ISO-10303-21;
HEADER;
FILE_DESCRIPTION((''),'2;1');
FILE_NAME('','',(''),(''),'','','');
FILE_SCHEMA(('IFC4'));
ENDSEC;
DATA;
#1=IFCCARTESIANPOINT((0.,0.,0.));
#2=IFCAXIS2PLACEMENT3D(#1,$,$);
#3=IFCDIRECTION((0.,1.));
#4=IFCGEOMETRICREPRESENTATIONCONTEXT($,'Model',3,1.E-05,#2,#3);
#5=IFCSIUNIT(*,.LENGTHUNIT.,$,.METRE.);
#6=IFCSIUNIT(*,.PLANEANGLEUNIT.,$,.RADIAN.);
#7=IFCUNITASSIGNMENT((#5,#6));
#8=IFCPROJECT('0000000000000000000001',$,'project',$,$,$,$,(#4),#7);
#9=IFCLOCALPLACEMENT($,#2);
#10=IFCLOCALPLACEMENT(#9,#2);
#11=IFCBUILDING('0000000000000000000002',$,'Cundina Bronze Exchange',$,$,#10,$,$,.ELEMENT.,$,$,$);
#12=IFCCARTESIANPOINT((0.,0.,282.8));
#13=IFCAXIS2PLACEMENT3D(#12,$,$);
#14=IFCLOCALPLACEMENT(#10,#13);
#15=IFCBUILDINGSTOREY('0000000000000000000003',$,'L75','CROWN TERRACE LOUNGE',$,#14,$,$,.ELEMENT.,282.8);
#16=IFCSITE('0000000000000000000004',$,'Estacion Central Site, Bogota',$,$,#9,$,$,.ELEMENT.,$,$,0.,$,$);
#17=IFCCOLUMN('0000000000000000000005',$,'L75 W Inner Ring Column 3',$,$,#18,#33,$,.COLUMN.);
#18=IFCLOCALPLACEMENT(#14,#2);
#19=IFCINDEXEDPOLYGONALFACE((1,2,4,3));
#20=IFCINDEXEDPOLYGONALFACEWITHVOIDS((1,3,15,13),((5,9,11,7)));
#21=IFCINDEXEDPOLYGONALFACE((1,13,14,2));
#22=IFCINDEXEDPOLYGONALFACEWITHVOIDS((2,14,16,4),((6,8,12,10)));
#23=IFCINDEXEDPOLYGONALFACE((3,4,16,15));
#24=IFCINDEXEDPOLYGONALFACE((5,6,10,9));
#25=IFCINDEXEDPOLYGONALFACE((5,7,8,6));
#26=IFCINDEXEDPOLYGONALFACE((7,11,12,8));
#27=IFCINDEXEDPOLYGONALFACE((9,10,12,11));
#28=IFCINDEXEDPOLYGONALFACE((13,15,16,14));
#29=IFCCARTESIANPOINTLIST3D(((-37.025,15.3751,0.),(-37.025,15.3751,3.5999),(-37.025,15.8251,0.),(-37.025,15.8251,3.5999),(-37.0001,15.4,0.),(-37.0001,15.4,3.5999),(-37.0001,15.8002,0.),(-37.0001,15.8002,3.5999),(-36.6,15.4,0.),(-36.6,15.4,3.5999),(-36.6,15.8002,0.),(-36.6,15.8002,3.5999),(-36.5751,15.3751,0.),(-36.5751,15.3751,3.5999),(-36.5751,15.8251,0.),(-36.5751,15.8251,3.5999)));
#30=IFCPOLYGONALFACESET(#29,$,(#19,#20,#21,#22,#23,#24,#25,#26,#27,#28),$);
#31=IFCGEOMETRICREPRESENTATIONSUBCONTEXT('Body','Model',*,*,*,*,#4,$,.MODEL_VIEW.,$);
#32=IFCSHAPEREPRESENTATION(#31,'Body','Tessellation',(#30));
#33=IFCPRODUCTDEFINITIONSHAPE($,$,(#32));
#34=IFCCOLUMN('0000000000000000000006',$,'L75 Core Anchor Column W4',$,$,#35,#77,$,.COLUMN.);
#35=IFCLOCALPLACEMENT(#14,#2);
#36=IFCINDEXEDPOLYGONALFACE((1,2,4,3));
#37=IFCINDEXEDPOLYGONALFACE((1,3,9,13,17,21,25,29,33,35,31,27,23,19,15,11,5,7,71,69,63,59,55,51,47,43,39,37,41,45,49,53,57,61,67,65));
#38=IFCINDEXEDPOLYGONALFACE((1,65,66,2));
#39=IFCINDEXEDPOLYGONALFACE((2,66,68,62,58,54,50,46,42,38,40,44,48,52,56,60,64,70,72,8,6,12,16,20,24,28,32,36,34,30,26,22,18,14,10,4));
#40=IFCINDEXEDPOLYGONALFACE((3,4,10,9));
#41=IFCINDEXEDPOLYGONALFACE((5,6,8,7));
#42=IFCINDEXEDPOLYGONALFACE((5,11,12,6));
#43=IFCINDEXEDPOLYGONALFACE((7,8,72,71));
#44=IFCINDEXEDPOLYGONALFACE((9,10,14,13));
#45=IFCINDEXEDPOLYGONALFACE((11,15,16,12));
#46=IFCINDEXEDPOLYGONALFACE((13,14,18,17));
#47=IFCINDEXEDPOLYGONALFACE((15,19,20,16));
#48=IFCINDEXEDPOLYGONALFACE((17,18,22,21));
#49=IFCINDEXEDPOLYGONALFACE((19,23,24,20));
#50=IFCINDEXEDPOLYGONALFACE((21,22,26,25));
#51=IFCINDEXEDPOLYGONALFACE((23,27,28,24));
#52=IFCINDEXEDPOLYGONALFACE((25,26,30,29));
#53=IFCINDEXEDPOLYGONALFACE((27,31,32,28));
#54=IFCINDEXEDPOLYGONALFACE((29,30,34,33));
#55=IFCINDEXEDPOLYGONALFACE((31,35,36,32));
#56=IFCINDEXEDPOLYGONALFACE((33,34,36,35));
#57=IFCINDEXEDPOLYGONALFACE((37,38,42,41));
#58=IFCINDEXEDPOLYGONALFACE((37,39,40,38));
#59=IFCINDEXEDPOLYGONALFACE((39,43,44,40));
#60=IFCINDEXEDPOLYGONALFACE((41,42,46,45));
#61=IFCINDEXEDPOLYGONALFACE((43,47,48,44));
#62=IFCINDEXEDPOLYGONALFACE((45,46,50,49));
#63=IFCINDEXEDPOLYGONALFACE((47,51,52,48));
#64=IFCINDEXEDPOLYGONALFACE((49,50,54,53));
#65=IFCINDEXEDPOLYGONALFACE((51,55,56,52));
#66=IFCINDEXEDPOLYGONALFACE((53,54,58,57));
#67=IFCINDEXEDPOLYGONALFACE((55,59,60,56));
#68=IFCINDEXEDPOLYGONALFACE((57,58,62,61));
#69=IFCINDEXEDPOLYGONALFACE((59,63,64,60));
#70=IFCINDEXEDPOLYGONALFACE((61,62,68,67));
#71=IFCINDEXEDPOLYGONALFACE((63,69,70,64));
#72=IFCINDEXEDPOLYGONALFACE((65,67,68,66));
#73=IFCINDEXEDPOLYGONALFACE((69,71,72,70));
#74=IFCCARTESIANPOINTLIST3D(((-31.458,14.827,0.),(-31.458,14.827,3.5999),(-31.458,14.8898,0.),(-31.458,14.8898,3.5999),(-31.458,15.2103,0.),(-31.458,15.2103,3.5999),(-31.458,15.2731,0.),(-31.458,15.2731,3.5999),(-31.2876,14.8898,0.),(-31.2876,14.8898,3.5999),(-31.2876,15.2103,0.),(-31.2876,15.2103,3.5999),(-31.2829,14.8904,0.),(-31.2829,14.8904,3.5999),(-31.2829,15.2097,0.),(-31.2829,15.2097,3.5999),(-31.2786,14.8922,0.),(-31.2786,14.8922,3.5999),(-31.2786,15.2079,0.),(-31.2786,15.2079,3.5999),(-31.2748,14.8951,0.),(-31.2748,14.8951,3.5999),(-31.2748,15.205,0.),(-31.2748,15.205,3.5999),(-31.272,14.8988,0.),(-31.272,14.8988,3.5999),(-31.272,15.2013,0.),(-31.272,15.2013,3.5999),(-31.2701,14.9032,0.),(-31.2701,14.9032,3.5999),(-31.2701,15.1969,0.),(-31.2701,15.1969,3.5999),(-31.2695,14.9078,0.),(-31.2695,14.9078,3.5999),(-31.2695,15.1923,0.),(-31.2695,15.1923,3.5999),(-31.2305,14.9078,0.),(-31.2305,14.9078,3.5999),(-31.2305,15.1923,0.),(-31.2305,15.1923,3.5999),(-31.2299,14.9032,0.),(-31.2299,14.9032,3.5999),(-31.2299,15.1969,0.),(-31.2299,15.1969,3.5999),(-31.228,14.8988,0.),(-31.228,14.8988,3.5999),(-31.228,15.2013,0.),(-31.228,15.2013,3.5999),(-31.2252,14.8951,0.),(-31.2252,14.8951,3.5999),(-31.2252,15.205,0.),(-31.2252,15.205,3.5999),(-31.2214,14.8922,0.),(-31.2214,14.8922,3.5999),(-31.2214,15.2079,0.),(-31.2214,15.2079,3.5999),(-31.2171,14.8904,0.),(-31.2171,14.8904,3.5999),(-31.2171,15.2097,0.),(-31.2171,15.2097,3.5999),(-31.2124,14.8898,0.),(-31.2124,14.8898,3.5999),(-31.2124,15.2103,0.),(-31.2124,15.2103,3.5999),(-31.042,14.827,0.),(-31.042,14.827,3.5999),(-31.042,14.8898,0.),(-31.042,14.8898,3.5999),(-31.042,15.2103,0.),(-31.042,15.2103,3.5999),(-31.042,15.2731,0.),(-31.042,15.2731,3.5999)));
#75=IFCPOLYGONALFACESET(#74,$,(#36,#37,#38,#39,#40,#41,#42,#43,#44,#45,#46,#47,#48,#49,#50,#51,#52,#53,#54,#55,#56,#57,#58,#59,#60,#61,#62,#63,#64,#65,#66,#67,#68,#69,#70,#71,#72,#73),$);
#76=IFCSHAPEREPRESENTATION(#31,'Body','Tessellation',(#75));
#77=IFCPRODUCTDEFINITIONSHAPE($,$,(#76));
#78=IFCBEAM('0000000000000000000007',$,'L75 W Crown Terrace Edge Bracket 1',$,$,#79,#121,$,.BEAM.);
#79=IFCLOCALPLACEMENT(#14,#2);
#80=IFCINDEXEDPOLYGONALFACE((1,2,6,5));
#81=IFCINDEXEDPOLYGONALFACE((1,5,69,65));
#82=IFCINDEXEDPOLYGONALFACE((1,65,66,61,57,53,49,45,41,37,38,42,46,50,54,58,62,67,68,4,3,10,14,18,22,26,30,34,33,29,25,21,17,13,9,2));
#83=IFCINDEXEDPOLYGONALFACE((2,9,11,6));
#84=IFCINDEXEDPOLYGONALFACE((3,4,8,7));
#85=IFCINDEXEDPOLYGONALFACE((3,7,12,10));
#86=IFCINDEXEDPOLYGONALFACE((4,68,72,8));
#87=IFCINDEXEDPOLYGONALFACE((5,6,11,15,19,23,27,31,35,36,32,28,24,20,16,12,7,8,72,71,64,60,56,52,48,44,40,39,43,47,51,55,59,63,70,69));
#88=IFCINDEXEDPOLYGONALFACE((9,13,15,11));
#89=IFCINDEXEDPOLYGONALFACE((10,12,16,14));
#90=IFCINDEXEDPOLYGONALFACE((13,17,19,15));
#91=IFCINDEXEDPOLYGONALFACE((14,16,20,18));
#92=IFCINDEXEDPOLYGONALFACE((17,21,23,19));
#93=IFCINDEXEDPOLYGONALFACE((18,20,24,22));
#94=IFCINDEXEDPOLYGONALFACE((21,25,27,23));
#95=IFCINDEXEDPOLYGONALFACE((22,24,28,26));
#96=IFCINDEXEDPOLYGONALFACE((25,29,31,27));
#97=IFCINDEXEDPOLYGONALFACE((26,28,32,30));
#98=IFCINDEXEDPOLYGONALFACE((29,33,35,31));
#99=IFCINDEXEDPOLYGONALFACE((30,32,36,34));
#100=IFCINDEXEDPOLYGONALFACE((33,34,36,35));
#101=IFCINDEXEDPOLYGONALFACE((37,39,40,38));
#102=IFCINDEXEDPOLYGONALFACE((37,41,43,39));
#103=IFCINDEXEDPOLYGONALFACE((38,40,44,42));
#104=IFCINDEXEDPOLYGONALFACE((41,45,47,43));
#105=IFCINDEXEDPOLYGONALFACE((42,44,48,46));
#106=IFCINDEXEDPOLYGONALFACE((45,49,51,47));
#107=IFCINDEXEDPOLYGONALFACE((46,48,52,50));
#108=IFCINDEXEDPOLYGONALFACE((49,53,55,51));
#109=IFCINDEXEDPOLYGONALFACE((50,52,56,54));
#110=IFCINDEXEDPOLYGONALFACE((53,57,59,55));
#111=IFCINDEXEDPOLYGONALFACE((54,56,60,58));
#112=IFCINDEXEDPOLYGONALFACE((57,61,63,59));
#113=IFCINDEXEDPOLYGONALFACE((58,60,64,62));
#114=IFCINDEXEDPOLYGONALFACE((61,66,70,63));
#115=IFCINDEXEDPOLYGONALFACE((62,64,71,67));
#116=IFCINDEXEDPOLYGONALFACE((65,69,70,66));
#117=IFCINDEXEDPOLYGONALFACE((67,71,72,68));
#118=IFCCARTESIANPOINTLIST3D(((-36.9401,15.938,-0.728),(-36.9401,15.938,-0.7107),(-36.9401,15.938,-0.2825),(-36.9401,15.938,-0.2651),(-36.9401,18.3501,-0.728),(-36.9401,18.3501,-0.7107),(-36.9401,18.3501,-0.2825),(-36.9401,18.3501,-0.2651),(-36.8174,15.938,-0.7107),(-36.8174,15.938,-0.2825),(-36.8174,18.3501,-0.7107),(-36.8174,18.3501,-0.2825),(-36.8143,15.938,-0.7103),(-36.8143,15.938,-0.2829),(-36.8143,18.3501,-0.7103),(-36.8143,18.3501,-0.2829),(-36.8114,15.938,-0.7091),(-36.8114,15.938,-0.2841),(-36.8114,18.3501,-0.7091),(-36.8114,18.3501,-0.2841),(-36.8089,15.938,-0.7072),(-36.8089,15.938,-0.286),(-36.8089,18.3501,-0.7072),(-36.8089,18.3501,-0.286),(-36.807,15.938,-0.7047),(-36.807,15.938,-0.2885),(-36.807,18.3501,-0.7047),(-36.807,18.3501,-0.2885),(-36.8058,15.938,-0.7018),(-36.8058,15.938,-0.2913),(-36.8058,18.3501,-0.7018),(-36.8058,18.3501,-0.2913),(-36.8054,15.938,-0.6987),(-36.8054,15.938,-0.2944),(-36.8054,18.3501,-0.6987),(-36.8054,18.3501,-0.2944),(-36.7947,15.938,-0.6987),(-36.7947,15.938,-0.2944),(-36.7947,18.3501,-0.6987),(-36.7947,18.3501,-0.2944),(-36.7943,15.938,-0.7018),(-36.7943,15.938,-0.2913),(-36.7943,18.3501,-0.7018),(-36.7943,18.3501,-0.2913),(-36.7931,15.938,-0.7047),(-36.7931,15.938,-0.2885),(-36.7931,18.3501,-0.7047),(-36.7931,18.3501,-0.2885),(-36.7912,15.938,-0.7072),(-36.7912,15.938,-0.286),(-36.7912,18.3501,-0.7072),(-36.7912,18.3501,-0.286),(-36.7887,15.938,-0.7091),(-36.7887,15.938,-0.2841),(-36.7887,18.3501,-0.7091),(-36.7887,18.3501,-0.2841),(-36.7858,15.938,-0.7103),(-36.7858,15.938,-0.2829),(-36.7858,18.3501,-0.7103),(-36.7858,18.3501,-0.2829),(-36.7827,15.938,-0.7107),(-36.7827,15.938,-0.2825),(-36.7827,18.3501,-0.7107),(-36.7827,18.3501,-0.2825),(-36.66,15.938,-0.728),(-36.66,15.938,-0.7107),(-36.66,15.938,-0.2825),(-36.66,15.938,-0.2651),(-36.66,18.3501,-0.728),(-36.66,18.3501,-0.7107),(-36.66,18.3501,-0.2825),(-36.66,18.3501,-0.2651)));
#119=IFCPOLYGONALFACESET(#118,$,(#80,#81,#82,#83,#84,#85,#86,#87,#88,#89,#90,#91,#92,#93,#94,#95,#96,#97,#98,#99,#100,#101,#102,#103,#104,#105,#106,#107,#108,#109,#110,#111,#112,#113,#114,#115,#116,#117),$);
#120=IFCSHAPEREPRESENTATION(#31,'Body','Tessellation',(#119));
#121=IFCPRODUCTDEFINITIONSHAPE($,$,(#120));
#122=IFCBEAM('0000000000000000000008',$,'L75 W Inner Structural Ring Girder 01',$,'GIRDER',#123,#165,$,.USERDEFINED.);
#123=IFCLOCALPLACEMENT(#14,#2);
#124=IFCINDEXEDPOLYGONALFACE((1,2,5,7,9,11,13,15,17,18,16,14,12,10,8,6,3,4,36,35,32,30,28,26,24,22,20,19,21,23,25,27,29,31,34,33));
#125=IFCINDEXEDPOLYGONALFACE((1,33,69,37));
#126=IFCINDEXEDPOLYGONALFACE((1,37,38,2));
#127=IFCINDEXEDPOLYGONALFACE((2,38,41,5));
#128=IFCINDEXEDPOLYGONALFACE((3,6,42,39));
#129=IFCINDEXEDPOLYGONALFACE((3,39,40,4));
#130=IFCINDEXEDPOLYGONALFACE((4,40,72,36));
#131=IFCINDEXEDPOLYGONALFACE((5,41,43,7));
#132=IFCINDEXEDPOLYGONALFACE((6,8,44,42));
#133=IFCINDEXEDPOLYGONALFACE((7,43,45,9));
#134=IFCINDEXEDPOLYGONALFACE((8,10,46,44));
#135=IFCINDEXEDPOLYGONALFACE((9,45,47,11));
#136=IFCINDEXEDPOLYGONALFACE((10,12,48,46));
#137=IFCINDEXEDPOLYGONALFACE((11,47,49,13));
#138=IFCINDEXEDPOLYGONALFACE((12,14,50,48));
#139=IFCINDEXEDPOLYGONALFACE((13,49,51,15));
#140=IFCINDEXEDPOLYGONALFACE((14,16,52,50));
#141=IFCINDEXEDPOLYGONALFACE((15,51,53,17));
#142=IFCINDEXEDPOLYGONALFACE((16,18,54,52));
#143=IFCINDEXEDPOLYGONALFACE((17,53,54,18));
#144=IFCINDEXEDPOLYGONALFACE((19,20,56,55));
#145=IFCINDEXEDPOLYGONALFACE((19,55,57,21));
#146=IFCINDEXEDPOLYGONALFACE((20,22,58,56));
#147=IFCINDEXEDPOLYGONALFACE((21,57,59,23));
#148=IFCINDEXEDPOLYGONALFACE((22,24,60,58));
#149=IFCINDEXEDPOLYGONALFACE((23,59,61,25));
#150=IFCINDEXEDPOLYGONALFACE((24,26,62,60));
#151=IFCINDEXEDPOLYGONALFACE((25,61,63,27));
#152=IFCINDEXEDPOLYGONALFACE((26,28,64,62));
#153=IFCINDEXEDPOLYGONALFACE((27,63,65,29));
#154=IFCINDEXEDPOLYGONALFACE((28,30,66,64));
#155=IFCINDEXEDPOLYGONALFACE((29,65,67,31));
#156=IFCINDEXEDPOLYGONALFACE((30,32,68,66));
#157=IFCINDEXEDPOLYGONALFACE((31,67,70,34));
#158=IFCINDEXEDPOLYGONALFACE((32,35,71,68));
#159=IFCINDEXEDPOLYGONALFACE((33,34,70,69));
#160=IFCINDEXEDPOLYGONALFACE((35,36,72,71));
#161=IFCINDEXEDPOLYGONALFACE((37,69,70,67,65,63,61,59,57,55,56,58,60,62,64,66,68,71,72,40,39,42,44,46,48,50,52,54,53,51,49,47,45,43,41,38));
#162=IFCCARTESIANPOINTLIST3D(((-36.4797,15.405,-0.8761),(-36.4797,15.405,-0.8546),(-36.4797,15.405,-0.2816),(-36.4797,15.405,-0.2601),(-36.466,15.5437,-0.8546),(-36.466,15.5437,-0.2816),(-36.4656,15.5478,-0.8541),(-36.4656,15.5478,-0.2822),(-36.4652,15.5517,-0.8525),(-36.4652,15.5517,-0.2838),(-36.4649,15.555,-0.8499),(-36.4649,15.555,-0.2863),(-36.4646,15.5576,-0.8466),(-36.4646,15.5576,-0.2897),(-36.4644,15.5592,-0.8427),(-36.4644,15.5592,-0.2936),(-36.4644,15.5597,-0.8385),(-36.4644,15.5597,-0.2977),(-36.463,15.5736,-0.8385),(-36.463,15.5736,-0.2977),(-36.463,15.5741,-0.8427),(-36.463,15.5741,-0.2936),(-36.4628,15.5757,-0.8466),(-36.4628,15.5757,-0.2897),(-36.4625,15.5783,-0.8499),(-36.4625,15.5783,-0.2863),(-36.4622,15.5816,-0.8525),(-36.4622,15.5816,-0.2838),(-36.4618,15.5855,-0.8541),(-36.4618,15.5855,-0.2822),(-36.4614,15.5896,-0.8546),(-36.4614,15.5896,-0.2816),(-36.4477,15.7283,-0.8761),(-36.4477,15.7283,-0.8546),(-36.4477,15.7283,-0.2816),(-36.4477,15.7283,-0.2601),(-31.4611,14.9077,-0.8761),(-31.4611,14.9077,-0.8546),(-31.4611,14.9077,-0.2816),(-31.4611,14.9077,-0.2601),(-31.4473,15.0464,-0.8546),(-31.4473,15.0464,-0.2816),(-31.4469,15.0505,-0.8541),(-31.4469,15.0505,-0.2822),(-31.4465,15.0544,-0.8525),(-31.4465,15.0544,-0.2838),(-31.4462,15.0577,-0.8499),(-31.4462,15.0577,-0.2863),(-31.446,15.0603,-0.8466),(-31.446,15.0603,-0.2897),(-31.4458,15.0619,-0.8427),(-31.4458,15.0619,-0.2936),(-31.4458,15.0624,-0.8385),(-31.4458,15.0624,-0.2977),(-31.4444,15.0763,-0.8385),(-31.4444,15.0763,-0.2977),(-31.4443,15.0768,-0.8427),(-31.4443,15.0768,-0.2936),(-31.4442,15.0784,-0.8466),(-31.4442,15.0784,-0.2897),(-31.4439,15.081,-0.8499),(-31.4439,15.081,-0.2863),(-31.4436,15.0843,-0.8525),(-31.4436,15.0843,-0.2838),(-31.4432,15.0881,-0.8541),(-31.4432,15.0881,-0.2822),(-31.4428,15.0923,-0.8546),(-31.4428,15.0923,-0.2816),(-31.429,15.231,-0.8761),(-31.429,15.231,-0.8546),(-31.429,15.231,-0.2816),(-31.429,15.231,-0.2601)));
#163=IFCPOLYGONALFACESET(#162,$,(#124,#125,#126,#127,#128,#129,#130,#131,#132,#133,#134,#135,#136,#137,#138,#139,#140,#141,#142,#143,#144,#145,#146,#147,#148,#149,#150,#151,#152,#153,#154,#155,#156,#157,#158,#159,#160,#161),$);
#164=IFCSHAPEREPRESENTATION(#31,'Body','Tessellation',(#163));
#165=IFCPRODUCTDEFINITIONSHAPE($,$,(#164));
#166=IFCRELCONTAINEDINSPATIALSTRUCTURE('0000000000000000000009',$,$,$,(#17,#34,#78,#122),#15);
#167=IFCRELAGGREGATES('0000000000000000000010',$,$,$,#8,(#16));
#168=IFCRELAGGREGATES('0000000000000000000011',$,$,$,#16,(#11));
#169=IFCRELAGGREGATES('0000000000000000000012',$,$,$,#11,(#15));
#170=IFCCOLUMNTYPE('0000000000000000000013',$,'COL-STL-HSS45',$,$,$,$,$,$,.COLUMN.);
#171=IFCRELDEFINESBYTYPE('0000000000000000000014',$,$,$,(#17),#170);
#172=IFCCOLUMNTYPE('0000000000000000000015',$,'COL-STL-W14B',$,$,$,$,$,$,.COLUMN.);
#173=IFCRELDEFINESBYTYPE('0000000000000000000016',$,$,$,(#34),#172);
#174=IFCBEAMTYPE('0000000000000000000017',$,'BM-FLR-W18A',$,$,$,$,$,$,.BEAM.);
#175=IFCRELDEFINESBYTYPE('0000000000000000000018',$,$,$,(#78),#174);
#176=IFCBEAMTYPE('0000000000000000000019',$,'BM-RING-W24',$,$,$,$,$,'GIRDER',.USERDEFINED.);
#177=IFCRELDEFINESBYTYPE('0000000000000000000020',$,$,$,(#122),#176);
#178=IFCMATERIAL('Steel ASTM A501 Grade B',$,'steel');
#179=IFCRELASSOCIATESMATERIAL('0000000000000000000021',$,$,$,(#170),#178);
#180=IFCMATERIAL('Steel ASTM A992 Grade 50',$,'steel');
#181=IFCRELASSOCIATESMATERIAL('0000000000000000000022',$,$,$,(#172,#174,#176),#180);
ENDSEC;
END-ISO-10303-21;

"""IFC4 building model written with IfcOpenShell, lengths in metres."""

from ifc_helpers import new_model, si_unit, direction, frame, origin, origin_2d, place, context, subcontext, project, spatial, hollow_rectangle, i_section, extrude, material, material_profile, profile_set, type_object, element, save


model = new_model("IFC4")

# Units and contexts
model_context = context("Model", 3, precision=1e-05, world=origin(), true_north=direction((0.0, 1.0)))
body_context = subcontext(model_context, "Body", "Model", "MODEL_VIEW")
ifc_project = project(units=[si_unit("LENGTHUNIT", "METRE"), si_unit("PLANEANGLEUNIT", "RADIAN")], contexts=[model_context])

# Site, building, storey
site_placement = place(None, origin())
site = spatial("IfcSite", under=ifc_project, at=site_placement, Name="Estacion Central Site, Bogota", CompositionType="ELEMENT", RefElevation=0.0)
building_placement = place(site_placement, origin())
building = spatial("IfcBuilding", under=site, at=building_placement, Name="Cundina Bronze Exchange", CompositionType="ELEMENT")
storey_placement = place(building_placement, frame((0.0, 0.0, 282.8)))
storey = spatial("IfcBuildingStorey", under=building, at=storey_placement, Name="L75", Description="CROWN TERRACE LOUNGE", CompositionType="ELEMENT", Elevation=282.8)

# Columns
ifc_material_1 = material(Name="Steel ASTM A501 Grade B", Category="steel")
ifc_material_profile_1 = material_profile(ifc_material_1, hollow_rectangle(XDim=0.45, YDim=0.45, WallThickness=0.0249, at=origin_2d()), Name="HSS450X450X25", Category="steel")
ifc_profile_set_1 = profile_set([ifc_material_profile_1], Name="Steel ASTM A501 Grade B")
column_type_1 = type_object("IfcColumnType", Name="COL-STL-HSS45", PredefinedType="COLUMN", material=ifc_profile_set_1)
column_1_placement = place(storey_placement, frame((-36.8, 15.6001, 0.0), z_axis=(0.0, 0.0, 1.0), x_axis=(1.0, 0.0, 0.0)))
element("IfcColumn", 1, at=column_1_placement, inside=storey, type_object=column_type_1, Name="L75 W Inner Ring Column 3", PredefinedType="COLUMN", context=body_context, shape_type="SweptSolid", body=[
    extrude(hollow_rectangle(XDim=0.45, YDim=0.45, WallThickness=0.0249, at=origin_2d()), origin(), (0.0, 0.0, 1.0), 3.5999),
])
ifc_material_2 = material(Name="Steel ASTM A992 Grade 50", Category="steel")
ifc_material_profile_2 = material_profile(ifc_material_2, i_section(OverallWidth=0.416, OverallDepth=0.446, WebThickness=0.0391, FlangeThickness=0.0627, FilletRadius=0.0181, at=origin_2d()), Name="W14X342", Category="steel")
ifc_profile_set_2 = profile_set([ifc_material_profile_2], Name="Steel ASTM A992 Grade 50")
column_type_2 = type_object("IfcColumnType", Name="COL-STL-W14B", PredefinedType="COLUMN", material=ifc_profile_set_2)
column_2_placement = place(storey_placement, frame((-31.25, 15.05, 0.0), z_axis=(0.0, 0.0, 1.0), x_axis=(1.0, 0.0, 0.0)))
element("IfcColumn", 2, at=column_2_placement, inside=storey, type_object=column_type_2, Name="L75 Core Anchor Column W4", PredefinedType="COLUMN", context=body_context, shape_type="SweptSolid", body=[
    extrude(i_section(OverallWidth=0.416, OverallDepth=0.446, WebThickness=0.0391, FlangeThickness=0.0627, FilletRadius=0.0181, at=origin_2d()), origin(), (0.0, 0.0, 1.0), 3.5999),
])

# Beams
ifc_material_profile_3 = material_profile(ifc_material_2, i_section(OverallWidth=0.28, OverallDepth=0.4629, WebThickness=0.0107, FlangeThickness=0.0173, FilletRadius=0.012, at=origin_2d()), Name="W18X76", Category="steel")
ifc_profile_set_3 = profile_set([ifc_material_profile_3], Name="Steel ASTM A992 Grade 50")
beam_type_1 = type_object("IfcBeamType", Name="BM-FLR-W18A", PredefinedType="BEAM", material=ifc_profile_set_3)
beam_1_placement = place(storey_placement, frame((-36.8, 15.938, -0.4966), z_axis=(0.0, 1.0, 0.0), x_axis=(-1.0, 0.0, 0.0)))
element("IfcBeam", 3, at=beam_1_placement, inside=storey, type_object=beam_type_1, Name="L75 W Crown Terrace Edge Bracket 1", PredefinedType="BEAM", context=body_context, shape_type="SweptSolid", body=[
    extrude(i_section(OverallWidth=0.28, OverallDepth=0.4629, WebThickness=0.0107, FlangeThickness=0.0173, FilletRadius=0.012, at=origin_2d()), origin(), (0.0, 0.0, 1.0), 2.4121),
])
ifc_material_profile_4 = material_profile(ifc_material_2, i_section(OverallWidth=0.325, OverallDepth=0.616, WebThickness=0.0139, FlangeThickness=0.0215, FilletRadius=0.0161, at=origin_2d()), Name="W24X117", Category="steel")
ifc_profile_set_4 = profile_set([ifc_material_profile_4], Name="Steel ASTM A992 Grade 50")
beam_type_2 = type_object("IfcBeamType", Name="BM-RING-W24", ElementType="GIRDER", PredefinedType="USERDEFINED", material=ifc_profile_set_4)
beam_2_placement = place(storey_placement, frame((-31.4451, 15.0693, -0.5681), z_axis=(-0.995126, 0.098612, 0.0), x_axis=(-0.098612, -0.995126, 0.0)))
element("IfcBeam", 4, at=beam_2_placement, inside=storey, type_object=beam_type_2, Name="L75 W Inner Structural Ring Girder 01", ObjectType="GIRDER", PredefinedType="USERDEFINED", context=body_context, shape_type="SweptSolid", body=[
    extrude(i_section(OverallWidth=0.325, OverallDepth=0.616, WebThickness=0.0139, FlangeThickness=0.0215, FilletRadius=0.0161, at=origin_2d()), origin(), (0.0, 0.0, 1.0), 5.0432),
])

save(model, "model.ifc")
